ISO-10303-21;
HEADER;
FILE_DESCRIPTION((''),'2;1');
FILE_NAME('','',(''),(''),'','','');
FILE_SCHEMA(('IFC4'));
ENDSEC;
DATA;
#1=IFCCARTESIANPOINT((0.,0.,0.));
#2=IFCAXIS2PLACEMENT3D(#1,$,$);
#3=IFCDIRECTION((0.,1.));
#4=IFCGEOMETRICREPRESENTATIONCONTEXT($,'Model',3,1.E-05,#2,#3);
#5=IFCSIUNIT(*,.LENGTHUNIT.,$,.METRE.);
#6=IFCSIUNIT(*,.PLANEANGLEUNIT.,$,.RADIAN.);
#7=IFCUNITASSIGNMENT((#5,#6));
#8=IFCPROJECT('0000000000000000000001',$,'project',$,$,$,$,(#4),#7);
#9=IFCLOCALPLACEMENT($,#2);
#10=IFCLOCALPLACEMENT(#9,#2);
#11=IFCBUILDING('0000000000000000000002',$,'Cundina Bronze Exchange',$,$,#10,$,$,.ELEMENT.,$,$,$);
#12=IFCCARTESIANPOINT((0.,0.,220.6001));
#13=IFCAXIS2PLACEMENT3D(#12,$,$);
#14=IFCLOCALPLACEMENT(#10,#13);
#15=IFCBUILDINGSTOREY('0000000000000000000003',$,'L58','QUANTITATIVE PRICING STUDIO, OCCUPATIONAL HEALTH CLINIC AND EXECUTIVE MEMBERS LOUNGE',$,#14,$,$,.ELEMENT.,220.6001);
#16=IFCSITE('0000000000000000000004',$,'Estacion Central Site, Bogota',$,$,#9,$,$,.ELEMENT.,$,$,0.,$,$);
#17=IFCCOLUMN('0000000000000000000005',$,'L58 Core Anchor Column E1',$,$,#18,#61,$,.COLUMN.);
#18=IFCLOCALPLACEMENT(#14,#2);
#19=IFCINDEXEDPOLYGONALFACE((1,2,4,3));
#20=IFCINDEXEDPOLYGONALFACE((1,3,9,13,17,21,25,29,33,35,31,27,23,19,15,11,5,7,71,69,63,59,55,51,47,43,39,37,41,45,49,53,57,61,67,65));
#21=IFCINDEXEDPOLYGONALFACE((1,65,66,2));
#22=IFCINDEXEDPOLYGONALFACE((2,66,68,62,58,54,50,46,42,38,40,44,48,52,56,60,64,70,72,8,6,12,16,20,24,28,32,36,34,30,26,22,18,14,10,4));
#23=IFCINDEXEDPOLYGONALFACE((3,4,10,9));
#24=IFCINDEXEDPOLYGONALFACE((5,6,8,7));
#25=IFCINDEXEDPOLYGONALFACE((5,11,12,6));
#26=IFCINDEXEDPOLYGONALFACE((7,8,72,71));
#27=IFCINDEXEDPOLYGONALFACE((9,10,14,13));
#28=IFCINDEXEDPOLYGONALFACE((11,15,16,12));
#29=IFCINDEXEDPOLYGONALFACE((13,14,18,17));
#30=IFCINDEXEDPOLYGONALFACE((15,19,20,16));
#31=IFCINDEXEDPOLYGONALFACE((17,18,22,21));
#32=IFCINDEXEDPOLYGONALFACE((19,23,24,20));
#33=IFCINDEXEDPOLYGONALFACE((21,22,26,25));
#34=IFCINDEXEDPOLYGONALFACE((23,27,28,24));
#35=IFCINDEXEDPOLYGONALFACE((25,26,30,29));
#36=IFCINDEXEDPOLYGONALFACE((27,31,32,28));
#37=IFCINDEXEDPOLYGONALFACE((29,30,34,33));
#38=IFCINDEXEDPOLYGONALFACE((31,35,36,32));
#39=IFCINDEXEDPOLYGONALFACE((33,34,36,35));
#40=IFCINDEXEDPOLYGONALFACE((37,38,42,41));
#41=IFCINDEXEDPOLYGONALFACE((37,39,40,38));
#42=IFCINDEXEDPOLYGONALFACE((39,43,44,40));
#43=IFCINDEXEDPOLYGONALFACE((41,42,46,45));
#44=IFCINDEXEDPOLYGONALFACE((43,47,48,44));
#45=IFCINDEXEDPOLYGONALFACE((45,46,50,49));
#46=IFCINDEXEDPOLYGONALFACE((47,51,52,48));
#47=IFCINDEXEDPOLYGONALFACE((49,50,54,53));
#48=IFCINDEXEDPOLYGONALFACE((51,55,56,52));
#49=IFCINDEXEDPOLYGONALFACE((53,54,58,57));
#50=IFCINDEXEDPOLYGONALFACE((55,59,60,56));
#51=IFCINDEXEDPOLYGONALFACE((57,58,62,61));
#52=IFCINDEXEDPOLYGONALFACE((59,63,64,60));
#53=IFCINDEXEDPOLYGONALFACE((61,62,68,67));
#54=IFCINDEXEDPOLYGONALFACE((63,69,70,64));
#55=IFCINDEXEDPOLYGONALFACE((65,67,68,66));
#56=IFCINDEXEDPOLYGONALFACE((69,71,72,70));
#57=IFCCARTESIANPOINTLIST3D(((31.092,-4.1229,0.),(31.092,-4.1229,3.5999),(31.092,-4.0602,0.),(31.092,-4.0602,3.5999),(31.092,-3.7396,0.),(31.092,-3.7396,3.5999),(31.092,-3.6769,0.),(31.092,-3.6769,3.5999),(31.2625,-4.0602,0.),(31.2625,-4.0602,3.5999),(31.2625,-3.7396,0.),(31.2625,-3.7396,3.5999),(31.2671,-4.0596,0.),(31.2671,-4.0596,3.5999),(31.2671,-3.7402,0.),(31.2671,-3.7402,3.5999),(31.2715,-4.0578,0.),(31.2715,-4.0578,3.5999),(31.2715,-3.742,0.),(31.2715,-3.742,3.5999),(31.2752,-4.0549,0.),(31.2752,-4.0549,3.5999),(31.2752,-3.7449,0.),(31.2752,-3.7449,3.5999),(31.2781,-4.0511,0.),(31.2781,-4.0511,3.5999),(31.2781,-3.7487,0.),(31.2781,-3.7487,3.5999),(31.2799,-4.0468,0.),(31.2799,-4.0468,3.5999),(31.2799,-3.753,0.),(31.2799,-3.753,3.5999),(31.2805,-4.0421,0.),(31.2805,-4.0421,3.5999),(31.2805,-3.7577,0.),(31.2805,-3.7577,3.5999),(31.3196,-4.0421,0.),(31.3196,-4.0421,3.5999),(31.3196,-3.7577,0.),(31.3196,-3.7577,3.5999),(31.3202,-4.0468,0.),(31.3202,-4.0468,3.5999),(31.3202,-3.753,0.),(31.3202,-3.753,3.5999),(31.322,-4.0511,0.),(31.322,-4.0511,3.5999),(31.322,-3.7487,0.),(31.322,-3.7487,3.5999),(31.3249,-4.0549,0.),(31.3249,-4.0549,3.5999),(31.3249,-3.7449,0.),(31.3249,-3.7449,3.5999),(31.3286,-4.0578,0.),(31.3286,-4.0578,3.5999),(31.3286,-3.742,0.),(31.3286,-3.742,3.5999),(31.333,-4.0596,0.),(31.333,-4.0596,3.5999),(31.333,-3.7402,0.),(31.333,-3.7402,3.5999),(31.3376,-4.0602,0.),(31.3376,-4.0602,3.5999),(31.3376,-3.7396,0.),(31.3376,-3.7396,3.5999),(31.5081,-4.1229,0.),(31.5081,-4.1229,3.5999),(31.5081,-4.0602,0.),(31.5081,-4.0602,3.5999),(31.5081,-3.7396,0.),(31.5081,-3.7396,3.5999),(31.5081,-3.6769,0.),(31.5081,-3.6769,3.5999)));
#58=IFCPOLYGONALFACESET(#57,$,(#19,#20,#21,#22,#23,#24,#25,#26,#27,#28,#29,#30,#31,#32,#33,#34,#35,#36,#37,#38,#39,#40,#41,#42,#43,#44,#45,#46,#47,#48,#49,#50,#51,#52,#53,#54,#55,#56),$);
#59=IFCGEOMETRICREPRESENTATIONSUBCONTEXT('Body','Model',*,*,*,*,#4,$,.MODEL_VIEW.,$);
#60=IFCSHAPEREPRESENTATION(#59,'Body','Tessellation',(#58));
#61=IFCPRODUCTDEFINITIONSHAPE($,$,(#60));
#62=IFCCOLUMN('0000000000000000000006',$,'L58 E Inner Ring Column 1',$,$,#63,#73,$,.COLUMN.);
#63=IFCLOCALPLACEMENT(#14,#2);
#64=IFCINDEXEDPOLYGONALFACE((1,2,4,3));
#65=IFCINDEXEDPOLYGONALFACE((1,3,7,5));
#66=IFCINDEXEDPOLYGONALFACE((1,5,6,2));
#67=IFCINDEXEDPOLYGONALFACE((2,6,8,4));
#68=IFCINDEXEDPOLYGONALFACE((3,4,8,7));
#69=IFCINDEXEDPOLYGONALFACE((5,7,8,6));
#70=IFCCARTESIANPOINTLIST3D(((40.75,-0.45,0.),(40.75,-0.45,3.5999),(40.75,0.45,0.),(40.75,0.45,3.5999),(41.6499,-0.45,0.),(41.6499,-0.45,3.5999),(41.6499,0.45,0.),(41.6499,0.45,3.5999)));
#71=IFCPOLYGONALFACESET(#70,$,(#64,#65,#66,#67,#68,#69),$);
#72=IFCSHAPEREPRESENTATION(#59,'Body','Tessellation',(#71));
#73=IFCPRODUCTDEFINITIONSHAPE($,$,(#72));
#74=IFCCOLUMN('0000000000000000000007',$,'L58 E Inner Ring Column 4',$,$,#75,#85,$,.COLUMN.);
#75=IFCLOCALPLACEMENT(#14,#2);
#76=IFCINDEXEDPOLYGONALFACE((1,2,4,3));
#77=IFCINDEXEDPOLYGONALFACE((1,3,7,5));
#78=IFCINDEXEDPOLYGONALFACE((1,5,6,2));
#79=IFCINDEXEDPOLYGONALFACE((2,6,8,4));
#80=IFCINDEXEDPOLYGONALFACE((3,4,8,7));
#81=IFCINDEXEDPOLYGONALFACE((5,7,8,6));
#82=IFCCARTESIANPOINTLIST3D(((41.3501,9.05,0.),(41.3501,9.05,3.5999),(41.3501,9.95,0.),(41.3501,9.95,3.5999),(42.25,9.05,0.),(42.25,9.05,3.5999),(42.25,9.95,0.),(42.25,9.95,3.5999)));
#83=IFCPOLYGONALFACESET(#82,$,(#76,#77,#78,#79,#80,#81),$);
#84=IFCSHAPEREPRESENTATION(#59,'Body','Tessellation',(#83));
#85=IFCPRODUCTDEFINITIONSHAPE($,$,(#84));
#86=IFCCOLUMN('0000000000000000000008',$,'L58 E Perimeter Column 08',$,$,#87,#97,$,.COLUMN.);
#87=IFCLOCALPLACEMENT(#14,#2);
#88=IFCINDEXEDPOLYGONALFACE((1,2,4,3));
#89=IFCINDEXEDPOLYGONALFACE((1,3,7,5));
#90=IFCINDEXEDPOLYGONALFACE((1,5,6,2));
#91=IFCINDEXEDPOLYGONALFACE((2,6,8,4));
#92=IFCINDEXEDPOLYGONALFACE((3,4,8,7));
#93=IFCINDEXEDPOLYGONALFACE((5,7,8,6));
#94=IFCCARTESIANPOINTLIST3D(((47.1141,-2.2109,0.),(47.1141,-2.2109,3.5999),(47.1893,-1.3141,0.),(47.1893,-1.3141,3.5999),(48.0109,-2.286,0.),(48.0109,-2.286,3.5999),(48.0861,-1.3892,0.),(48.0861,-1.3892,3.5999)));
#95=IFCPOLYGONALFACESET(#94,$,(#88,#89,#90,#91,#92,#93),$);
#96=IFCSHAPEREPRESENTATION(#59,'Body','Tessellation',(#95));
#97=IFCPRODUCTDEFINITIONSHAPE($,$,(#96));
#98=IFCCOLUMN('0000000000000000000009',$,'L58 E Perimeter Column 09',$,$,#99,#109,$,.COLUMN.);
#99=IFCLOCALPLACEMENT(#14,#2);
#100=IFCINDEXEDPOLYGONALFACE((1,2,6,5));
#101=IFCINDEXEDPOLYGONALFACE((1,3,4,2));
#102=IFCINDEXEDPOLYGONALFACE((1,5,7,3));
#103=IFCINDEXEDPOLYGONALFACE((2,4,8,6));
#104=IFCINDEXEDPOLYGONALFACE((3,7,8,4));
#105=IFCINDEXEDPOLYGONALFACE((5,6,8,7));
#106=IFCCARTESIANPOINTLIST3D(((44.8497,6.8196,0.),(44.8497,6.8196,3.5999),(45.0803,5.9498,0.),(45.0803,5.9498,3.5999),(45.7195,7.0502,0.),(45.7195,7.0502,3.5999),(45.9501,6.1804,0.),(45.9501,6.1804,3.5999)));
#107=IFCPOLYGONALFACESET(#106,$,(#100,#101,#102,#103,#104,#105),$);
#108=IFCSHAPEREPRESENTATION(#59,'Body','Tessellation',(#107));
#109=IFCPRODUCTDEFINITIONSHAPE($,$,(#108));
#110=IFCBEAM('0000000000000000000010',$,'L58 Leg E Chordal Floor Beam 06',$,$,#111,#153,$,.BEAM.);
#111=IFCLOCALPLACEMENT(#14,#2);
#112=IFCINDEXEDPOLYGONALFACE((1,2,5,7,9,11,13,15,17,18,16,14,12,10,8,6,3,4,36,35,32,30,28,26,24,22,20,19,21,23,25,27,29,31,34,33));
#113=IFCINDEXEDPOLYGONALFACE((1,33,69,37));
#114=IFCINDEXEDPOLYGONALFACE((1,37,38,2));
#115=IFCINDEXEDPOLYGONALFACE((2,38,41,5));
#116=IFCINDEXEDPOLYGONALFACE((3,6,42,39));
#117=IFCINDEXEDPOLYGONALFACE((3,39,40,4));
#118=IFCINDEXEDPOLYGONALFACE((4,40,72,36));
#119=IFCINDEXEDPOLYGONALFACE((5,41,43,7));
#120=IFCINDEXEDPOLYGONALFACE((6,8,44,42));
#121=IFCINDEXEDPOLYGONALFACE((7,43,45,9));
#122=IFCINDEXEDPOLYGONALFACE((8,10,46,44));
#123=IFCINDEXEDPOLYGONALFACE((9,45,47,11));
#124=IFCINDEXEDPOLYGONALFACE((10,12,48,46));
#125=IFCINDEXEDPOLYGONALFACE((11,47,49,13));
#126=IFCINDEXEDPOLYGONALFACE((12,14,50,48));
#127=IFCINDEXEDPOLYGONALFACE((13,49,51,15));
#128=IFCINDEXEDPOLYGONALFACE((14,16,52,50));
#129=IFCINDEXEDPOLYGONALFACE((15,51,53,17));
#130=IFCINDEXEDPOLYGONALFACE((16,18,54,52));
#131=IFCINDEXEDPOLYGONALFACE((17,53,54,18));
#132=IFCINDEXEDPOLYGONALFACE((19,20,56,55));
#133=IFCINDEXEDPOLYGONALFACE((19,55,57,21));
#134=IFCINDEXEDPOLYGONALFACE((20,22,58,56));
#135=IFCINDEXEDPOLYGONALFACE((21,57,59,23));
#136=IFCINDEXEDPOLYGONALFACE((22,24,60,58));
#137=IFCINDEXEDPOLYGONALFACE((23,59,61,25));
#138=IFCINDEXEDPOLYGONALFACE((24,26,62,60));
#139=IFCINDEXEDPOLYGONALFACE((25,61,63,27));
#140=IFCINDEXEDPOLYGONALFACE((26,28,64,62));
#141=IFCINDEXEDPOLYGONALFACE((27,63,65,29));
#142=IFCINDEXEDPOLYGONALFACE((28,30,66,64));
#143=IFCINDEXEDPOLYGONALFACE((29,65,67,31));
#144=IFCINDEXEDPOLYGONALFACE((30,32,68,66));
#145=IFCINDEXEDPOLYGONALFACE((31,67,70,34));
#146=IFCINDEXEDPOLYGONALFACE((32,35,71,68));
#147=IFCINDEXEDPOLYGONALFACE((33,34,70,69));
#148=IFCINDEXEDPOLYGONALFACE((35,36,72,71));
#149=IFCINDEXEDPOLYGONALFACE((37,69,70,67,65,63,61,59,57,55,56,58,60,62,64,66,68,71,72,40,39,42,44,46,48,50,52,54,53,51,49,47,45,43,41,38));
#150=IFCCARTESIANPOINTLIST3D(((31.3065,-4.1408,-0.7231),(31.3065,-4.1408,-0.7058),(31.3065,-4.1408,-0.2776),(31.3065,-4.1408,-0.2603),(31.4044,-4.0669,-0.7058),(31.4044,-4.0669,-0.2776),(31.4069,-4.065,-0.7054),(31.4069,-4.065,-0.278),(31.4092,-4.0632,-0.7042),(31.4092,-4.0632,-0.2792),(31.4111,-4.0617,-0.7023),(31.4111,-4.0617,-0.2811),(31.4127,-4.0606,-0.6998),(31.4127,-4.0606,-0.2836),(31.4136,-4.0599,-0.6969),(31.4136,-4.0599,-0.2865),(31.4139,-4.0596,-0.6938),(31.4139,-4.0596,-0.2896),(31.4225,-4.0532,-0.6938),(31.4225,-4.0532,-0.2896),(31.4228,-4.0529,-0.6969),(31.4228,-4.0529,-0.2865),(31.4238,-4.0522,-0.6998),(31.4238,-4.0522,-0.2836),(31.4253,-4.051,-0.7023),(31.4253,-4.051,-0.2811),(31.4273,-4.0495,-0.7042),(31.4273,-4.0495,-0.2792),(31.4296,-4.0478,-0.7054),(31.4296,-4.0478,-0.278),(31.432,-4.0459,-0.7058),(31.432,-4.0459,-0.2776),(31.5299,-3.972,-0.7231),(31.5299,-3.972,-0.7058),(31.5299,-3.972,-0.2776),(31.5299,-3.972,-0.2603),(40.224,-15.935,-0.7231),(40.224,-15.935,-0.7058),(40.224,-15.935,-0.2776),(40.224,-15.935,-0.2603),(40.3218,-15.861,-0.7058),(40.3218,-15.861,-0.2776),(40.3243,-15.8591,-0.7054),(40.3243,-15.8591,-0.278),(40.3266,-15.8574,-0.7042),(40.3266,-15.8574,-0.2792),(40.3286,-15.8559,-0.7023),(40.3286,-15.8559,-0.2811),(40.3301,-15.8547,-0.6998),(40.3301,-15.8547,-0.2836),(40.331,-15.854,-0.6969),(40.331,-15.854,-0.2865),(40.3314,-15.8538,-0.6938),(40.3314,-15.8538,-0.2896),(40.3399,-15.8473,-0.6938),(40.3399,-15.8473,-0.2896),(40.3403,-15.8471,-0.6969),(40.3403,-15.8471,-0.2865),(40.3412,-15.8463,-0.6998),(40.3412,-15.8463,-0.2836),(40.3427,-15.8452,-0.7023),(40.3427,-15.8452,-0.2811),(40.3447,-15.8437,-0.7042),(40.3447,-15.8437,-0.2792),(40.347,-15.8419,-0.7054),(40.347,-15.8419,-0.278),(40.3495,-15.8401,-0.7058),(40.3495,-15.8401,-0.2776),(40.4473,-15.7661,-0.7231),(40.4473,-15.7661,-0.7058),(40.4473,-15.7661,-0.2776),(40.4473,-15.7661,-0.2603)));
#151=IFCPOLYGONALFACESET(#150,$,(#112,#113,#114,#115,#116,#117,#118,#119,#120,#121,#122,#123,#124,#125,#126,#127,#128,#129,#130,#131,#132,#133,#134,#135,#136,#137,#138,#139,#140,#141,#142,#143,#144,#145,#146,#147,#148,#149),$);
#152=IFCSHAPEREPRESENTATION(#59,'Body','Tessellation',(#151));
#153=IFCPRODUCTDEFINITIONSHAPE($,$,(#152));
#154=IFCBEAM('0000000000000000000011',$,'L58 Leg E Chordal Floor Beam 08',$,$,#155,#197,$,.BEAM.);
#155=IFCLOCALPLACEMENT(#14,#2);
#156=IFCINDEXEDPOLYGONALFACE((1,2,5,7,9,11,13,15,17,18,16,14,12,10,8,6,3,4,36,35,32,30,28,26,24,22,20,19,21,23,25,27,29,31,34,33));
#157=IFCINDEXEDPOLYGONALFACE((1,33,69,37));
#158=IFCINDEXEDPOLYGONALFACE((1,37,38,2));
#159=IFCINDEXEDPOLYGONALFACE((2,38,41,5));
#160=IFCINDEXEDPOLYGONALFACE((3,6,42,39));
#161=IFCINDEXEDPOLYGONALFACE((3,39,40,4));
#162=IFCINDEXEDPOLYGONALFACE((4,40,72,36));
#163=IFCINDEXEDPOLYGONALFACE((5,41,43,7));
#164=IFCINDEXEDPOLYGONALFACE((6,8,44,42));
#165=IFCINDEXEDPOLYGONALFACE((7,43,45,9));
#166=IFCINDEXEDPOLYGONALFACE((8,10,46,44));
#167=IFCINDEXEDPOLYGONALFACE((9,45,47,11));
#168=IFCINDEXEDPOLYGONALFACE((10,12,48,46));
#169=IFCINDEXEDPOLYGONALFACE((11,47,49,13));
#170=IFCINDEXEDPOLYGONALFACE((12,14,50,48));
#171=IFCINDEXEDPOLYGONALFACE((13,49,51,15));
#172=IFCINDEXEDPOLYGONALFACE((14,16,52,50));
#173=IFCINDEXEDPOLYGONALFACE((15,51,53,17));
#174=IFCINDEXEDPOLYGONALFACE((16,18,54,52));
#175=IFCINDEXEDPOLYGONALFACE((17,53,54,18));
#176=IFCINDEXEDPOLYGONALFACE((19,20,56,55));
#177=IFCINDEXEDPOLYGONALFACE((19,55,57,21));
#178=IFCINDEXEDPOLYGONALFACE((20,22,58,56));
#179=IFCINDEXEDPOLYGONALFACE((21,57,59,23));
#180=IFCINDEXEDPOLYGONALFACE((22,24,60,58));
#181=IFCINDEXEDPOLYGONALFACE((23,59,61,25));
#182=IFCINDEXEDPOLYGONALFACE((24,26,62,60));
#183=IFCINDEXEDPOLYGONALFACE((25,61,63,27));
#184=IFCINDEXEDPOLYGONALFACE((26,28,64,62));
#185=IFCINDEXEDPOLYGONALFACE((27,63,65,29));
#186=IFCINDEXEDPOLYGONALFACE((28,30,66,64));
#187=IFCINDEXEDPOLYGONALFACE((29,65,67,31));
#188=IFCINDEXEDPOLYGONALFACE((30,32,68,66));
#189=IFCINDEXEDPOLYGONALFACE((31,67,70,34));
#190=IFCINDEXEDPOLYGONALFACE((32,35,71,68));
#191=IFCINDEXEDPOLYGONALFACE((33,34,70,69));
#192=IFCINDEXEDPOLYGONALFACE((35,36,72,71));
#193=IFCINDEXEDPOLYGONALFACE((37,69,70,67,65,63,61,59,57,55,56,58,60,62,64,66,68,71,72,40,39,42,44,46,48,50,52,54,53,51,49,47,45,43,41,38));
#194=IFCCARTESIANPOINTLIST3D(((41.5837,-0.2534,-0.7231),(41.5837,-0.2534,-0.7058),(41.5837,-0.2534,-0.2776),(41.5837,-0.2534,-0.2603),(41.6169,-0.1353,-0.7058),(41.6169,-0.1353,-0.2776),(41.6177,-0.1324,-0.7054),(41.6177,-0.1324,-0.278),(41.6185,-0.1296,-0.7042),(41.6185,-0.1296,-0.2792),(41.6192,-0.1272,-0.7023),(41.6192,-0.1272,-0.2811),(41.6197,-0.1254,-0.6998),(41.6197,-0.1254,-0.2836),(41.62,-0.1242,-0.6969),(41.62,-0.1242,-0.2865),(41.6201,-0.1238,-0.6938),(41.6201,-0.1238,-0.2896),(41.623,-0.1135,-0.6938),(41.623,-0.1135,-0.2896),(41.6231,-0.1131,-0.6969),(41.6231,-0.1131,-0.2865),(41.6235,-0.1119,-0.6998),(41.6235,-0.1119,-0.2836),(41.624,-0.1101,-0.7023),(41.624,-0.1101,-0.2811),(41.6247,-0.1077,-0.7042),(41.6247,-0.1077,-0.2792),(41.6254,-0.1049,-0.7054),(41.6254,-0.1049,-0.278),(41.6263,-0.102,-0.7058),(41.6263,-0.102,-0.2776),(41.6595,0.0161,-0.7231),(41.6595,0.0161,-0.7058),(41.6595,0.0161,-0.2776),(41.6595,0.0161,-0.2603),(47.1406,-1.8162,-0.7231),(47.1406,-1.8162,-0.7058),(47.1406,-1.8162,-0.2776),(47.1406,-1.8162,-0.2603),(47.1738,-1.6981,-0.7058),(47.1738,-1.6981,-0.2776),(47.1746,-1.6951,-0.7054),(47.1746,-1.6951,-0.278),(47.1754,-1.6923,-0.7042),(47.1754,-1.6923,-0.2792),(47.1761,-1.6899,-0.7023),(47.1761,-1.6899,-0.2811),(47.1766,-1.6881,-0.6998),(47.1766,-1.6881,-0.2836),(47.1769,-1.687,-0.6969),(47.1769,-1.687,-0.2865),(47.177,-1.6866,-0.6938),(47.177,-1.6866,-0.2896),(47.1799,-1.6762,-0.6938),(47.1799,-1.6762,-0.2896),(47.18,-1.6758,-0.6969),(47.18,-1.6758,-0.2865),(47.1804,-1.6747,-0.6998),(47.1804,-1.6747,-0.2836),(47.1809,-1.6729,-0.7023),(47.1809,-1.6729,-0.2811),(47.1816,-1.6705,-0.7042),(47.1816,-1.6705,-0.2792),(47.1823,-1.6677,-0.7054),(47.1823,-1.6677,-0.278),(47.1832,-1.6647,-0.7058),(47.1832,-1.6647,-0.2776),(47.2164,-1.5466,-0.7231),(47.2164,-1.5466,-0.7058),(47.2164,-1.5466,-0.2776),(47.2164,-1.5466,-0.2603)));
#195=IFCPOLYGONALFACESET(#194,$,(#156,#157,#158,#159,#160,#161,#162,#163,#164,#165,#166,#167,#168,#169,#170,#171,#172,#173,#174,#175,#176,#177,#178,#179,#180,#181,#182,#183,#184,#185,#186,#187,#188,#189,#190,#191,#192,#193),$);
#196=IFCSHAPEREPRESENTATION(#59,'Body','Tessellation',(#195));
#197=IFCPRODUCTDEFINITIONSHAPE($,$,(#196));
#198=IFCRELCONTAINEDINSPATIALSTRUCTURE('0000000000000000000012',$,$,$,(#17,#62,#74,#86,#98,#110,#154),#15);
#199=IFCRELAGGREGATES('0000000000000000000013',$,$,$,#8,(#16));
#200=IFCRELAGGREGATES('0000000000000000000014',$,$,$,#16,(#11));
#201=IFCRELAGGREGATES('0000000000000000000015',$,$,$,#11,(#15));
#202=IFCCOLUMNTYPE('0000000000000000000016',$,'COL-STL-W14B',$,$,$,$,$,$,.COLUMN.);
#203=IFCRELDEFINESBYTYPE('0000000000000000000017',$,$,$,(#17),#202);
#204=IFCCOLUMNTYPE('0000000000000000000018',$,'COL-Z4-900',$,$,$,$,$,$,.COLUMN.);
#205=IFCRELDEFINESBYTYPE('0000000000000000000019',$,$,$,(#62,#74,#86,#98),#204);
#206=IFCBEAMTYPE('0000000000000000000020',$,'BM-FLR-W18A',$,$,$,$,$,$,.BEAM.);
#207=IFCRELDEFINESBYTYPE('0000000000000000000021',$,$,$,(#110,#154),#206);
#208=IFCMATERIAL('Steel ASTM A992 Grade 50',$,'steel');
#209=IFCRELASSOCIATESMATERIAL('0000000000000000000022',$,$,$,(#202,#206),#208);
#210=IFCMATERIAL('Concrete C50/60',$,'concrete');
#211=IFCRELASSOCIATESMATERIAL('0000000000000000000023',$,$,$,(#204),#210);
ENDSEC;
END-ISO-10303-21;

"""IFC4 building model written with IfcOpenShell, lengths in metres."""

from ifc_helpers import new_model, si_unit, direction, frame, origin, origin_2d, place, context, subcontext, project, spatial, rectangle, i_section, extrude, material, material_profile, profile_set, type_object, element, save


model = new_model("IFC4")

# Units and contexts
model_context = context("Model", 3, precision=1e-05, world=origin(), true_north=direction((0.0, 1.0)))
body_context = subcontext(model_context, "Body", "Model", "MODEL_VIEW")
ifc_project = project(units=[si_unit("LENGTHUNIT", "METRE"), si_unit("PLANEANGLEUNIT", "RADIAN")], contexts=[model_context])

# Site, building, storey
site_placement = place(None, origin())
site = spatial("IfcSite", under=ifc_project, at=site_placement, Name="Estacion Central Site, Bogota", CompositionType="ELEMENT", RefElevation=0.0)
building_placement = place(site_placement, origin())
building = spatial("IfcBuilding", under=site, at=building_placement, Name="Cundina Bronze Exchange", CompositionType="ELEMENT")
storey_placement = place(building_placement, frame((0.0, 0.0, 220.6001)))
storey = spatial("IfcBuildingStorey", under=building, at=storey_placement, Name="L58", Description="QUANTITATIVE PRICING STUDIO, OCCUPATIONAL HEALTH CLINIC AND EXECUTIVE MEMBERS LOUNGE", CompositionType="ELEMENT", Elevation=220.6001)

# Columns
ifc_material_1 = material(Name="Steel ASTM A992 Grade 50", Category="steel")
ifc_material_profile_1 = material_profile(ifc_material_1, i_section(OverallWidth=0.416, OverallDepth=0.446, WebThickness=0.0391, FlangeThickness=0.0627, FilletRadius=0.0181, at=origin_2d()), Name="W14X342", Category="steel")
ifc_profile_set_1 = profile_set([ifc_material_profile_1], Name="Steel ASTM A992 Grade 50")
column_type_1 = type_object("IfcColumnType", Name="COL-STL-W14B", PredefinedType="COLUMN", material=ifc_profile_set_1)
column_placement = place(storey_placement, frame((31.3, -3.8999, 0.0), z_axis=(0.0, 0.0, 1.0), x_axis=(1.0, 0.0, 0.0)))
element("IfcColumn", 1, at=column_placement, inside=storey, type_object=column_type_1, Name="L58 Core Anchor Column E1", PredefinedType="COLUMN", context=body_context, shape_type="SweptSolid", body=[
    extrude(i_section(OverallWidth=0.416, OverallDepth=0.446, WebThickness=0.0391, FlangeThickness=0.0627, FilletRadius=0.0181, at=origin_2d()), origin(), (0.0, 0.0, 1.0), 3.5999),
])
ifc_material_2 = material(Name="Concrete C50/60", Category="concrete")
ifc_material_profile_2 = material_profile(ifc_material_2, rectangle(XDim=0.8999, YDim=0.8999, at=origin_2d()), Name="RC900X900", Category="concrete")
ifc_profile_set_2 = profile_set([ifc_material_profile_2], Name="Concrete C50/60")
column_type_2 = type_object("IfcColumnType", Name="COL-Z4-900", PredefinedType="COLUMN", material=ifc_profile_set_2)
for number, where, z_axis, x_axis, name in (
    (2, (41.2, 0.0, 0.0), (0.0, 0.0, 1.0), (1.0, 0.0, 0.0), "L58 E Inner Ring Column 1"),
    (3, (41.8, 9.5, 0.0), (0.0, 0.0, 1.0), (1.0, 0.0, 0.0), "L58 E Inner Ring Column 4"),
    (4, (47.6001, -1.8, 0.0), (0.0, 0.0, 1.0), (0.083504, 0.996507, 0.0), "L58 E Perimeter Column 08"),
    (5, (45.3999, 6.5, 0.0), (0.0, 0.0, 1.0), (-0.256289, 0.9666, 0.0), "L58 E Perimeter Column 09"),
):
    element("IfcColumn", number, at=place(storey_placement, frame(where, z_axis=z_axis, x_axis=x_axis)), inside=storey, type_object=column_type_2, Name=name, PredefinedType="COLUMN", context=body_context, shape_type="SweptSolid", body=[
        extrude(rectangle(XDim=0.8999, YDim=0.8999, at=origin_2d()), origin(), (0.0, 0.0, 1.0), 3.5999),
    ])

# Beams
ifc_material_profile_3 = material_profile(ifc_material_1, i_section(OverallWidth=0.28, OverallDepth=0.4629, WebThickness=0.0107, FlangeThickness=0.0173, FilletRadius=0.012, at=origin_2d()), Name="W18X76", Category="steel")
ifc_profile_set_3 = profile_set([ifc_material_profile_3], Name="Steel ASTM A992 Grade 50")
beam_type_1 = type_object("IfcBeamType", Name="BM-FLR-W18A", PredefinedType="BEAM", material=ifc_profile_set_3)
beam_1_placement = place(storey_placement, frame((31.4182, -4.0564, -0.4917), z_axis=(0.603105, -0.797662, 0.0), x_axis=(0.797662, 0.603105, 0.0)))
element("IfcBeam", 6, at=beam_1_placement, inside=storey, type_object=beam_type_1, Name="L58 Leg E Chordal Floor Beam 06", PredefinedType="BEAM", context=body_context, shape_type="SweptSolid", body=[
    extrude(i_section(OverallWidth=0.28, OverallDepth=0.4629, WebThickness=0.0107, FlangeThickness=0.0173, FilletRadius=0.012, at=origin_2d()), origin(), (0.0, 0.0, 1.0), 14.7859),
])
beam_2_placement = place(storey_placement, frame((41.6216, -0.1187, -0.4917), z_axis=(0.962657, -0.270725, 0.0), x_axis=(0.270725, 0.962657, 0.0)))
element("IfcBeam", 7, at=beam_2_placement, inside=storey, type_object=beam_type_1, Name="L58 Leg E Chordal Floor Beam 08", PredefinedType="BEAM", context=body_context, shape_type="SweptSolid", body=[
    extrude(i_section(OverallWidth=0.28, OverallDepth=0.4629, WebThickness=0.0107, FlangeThickness=0.0173, FilletRadius=0.012, at=origin_2d()), origin(), (0.0, 0.0, 1.0), 5.7725),
])

save(model, "model.ifc")
